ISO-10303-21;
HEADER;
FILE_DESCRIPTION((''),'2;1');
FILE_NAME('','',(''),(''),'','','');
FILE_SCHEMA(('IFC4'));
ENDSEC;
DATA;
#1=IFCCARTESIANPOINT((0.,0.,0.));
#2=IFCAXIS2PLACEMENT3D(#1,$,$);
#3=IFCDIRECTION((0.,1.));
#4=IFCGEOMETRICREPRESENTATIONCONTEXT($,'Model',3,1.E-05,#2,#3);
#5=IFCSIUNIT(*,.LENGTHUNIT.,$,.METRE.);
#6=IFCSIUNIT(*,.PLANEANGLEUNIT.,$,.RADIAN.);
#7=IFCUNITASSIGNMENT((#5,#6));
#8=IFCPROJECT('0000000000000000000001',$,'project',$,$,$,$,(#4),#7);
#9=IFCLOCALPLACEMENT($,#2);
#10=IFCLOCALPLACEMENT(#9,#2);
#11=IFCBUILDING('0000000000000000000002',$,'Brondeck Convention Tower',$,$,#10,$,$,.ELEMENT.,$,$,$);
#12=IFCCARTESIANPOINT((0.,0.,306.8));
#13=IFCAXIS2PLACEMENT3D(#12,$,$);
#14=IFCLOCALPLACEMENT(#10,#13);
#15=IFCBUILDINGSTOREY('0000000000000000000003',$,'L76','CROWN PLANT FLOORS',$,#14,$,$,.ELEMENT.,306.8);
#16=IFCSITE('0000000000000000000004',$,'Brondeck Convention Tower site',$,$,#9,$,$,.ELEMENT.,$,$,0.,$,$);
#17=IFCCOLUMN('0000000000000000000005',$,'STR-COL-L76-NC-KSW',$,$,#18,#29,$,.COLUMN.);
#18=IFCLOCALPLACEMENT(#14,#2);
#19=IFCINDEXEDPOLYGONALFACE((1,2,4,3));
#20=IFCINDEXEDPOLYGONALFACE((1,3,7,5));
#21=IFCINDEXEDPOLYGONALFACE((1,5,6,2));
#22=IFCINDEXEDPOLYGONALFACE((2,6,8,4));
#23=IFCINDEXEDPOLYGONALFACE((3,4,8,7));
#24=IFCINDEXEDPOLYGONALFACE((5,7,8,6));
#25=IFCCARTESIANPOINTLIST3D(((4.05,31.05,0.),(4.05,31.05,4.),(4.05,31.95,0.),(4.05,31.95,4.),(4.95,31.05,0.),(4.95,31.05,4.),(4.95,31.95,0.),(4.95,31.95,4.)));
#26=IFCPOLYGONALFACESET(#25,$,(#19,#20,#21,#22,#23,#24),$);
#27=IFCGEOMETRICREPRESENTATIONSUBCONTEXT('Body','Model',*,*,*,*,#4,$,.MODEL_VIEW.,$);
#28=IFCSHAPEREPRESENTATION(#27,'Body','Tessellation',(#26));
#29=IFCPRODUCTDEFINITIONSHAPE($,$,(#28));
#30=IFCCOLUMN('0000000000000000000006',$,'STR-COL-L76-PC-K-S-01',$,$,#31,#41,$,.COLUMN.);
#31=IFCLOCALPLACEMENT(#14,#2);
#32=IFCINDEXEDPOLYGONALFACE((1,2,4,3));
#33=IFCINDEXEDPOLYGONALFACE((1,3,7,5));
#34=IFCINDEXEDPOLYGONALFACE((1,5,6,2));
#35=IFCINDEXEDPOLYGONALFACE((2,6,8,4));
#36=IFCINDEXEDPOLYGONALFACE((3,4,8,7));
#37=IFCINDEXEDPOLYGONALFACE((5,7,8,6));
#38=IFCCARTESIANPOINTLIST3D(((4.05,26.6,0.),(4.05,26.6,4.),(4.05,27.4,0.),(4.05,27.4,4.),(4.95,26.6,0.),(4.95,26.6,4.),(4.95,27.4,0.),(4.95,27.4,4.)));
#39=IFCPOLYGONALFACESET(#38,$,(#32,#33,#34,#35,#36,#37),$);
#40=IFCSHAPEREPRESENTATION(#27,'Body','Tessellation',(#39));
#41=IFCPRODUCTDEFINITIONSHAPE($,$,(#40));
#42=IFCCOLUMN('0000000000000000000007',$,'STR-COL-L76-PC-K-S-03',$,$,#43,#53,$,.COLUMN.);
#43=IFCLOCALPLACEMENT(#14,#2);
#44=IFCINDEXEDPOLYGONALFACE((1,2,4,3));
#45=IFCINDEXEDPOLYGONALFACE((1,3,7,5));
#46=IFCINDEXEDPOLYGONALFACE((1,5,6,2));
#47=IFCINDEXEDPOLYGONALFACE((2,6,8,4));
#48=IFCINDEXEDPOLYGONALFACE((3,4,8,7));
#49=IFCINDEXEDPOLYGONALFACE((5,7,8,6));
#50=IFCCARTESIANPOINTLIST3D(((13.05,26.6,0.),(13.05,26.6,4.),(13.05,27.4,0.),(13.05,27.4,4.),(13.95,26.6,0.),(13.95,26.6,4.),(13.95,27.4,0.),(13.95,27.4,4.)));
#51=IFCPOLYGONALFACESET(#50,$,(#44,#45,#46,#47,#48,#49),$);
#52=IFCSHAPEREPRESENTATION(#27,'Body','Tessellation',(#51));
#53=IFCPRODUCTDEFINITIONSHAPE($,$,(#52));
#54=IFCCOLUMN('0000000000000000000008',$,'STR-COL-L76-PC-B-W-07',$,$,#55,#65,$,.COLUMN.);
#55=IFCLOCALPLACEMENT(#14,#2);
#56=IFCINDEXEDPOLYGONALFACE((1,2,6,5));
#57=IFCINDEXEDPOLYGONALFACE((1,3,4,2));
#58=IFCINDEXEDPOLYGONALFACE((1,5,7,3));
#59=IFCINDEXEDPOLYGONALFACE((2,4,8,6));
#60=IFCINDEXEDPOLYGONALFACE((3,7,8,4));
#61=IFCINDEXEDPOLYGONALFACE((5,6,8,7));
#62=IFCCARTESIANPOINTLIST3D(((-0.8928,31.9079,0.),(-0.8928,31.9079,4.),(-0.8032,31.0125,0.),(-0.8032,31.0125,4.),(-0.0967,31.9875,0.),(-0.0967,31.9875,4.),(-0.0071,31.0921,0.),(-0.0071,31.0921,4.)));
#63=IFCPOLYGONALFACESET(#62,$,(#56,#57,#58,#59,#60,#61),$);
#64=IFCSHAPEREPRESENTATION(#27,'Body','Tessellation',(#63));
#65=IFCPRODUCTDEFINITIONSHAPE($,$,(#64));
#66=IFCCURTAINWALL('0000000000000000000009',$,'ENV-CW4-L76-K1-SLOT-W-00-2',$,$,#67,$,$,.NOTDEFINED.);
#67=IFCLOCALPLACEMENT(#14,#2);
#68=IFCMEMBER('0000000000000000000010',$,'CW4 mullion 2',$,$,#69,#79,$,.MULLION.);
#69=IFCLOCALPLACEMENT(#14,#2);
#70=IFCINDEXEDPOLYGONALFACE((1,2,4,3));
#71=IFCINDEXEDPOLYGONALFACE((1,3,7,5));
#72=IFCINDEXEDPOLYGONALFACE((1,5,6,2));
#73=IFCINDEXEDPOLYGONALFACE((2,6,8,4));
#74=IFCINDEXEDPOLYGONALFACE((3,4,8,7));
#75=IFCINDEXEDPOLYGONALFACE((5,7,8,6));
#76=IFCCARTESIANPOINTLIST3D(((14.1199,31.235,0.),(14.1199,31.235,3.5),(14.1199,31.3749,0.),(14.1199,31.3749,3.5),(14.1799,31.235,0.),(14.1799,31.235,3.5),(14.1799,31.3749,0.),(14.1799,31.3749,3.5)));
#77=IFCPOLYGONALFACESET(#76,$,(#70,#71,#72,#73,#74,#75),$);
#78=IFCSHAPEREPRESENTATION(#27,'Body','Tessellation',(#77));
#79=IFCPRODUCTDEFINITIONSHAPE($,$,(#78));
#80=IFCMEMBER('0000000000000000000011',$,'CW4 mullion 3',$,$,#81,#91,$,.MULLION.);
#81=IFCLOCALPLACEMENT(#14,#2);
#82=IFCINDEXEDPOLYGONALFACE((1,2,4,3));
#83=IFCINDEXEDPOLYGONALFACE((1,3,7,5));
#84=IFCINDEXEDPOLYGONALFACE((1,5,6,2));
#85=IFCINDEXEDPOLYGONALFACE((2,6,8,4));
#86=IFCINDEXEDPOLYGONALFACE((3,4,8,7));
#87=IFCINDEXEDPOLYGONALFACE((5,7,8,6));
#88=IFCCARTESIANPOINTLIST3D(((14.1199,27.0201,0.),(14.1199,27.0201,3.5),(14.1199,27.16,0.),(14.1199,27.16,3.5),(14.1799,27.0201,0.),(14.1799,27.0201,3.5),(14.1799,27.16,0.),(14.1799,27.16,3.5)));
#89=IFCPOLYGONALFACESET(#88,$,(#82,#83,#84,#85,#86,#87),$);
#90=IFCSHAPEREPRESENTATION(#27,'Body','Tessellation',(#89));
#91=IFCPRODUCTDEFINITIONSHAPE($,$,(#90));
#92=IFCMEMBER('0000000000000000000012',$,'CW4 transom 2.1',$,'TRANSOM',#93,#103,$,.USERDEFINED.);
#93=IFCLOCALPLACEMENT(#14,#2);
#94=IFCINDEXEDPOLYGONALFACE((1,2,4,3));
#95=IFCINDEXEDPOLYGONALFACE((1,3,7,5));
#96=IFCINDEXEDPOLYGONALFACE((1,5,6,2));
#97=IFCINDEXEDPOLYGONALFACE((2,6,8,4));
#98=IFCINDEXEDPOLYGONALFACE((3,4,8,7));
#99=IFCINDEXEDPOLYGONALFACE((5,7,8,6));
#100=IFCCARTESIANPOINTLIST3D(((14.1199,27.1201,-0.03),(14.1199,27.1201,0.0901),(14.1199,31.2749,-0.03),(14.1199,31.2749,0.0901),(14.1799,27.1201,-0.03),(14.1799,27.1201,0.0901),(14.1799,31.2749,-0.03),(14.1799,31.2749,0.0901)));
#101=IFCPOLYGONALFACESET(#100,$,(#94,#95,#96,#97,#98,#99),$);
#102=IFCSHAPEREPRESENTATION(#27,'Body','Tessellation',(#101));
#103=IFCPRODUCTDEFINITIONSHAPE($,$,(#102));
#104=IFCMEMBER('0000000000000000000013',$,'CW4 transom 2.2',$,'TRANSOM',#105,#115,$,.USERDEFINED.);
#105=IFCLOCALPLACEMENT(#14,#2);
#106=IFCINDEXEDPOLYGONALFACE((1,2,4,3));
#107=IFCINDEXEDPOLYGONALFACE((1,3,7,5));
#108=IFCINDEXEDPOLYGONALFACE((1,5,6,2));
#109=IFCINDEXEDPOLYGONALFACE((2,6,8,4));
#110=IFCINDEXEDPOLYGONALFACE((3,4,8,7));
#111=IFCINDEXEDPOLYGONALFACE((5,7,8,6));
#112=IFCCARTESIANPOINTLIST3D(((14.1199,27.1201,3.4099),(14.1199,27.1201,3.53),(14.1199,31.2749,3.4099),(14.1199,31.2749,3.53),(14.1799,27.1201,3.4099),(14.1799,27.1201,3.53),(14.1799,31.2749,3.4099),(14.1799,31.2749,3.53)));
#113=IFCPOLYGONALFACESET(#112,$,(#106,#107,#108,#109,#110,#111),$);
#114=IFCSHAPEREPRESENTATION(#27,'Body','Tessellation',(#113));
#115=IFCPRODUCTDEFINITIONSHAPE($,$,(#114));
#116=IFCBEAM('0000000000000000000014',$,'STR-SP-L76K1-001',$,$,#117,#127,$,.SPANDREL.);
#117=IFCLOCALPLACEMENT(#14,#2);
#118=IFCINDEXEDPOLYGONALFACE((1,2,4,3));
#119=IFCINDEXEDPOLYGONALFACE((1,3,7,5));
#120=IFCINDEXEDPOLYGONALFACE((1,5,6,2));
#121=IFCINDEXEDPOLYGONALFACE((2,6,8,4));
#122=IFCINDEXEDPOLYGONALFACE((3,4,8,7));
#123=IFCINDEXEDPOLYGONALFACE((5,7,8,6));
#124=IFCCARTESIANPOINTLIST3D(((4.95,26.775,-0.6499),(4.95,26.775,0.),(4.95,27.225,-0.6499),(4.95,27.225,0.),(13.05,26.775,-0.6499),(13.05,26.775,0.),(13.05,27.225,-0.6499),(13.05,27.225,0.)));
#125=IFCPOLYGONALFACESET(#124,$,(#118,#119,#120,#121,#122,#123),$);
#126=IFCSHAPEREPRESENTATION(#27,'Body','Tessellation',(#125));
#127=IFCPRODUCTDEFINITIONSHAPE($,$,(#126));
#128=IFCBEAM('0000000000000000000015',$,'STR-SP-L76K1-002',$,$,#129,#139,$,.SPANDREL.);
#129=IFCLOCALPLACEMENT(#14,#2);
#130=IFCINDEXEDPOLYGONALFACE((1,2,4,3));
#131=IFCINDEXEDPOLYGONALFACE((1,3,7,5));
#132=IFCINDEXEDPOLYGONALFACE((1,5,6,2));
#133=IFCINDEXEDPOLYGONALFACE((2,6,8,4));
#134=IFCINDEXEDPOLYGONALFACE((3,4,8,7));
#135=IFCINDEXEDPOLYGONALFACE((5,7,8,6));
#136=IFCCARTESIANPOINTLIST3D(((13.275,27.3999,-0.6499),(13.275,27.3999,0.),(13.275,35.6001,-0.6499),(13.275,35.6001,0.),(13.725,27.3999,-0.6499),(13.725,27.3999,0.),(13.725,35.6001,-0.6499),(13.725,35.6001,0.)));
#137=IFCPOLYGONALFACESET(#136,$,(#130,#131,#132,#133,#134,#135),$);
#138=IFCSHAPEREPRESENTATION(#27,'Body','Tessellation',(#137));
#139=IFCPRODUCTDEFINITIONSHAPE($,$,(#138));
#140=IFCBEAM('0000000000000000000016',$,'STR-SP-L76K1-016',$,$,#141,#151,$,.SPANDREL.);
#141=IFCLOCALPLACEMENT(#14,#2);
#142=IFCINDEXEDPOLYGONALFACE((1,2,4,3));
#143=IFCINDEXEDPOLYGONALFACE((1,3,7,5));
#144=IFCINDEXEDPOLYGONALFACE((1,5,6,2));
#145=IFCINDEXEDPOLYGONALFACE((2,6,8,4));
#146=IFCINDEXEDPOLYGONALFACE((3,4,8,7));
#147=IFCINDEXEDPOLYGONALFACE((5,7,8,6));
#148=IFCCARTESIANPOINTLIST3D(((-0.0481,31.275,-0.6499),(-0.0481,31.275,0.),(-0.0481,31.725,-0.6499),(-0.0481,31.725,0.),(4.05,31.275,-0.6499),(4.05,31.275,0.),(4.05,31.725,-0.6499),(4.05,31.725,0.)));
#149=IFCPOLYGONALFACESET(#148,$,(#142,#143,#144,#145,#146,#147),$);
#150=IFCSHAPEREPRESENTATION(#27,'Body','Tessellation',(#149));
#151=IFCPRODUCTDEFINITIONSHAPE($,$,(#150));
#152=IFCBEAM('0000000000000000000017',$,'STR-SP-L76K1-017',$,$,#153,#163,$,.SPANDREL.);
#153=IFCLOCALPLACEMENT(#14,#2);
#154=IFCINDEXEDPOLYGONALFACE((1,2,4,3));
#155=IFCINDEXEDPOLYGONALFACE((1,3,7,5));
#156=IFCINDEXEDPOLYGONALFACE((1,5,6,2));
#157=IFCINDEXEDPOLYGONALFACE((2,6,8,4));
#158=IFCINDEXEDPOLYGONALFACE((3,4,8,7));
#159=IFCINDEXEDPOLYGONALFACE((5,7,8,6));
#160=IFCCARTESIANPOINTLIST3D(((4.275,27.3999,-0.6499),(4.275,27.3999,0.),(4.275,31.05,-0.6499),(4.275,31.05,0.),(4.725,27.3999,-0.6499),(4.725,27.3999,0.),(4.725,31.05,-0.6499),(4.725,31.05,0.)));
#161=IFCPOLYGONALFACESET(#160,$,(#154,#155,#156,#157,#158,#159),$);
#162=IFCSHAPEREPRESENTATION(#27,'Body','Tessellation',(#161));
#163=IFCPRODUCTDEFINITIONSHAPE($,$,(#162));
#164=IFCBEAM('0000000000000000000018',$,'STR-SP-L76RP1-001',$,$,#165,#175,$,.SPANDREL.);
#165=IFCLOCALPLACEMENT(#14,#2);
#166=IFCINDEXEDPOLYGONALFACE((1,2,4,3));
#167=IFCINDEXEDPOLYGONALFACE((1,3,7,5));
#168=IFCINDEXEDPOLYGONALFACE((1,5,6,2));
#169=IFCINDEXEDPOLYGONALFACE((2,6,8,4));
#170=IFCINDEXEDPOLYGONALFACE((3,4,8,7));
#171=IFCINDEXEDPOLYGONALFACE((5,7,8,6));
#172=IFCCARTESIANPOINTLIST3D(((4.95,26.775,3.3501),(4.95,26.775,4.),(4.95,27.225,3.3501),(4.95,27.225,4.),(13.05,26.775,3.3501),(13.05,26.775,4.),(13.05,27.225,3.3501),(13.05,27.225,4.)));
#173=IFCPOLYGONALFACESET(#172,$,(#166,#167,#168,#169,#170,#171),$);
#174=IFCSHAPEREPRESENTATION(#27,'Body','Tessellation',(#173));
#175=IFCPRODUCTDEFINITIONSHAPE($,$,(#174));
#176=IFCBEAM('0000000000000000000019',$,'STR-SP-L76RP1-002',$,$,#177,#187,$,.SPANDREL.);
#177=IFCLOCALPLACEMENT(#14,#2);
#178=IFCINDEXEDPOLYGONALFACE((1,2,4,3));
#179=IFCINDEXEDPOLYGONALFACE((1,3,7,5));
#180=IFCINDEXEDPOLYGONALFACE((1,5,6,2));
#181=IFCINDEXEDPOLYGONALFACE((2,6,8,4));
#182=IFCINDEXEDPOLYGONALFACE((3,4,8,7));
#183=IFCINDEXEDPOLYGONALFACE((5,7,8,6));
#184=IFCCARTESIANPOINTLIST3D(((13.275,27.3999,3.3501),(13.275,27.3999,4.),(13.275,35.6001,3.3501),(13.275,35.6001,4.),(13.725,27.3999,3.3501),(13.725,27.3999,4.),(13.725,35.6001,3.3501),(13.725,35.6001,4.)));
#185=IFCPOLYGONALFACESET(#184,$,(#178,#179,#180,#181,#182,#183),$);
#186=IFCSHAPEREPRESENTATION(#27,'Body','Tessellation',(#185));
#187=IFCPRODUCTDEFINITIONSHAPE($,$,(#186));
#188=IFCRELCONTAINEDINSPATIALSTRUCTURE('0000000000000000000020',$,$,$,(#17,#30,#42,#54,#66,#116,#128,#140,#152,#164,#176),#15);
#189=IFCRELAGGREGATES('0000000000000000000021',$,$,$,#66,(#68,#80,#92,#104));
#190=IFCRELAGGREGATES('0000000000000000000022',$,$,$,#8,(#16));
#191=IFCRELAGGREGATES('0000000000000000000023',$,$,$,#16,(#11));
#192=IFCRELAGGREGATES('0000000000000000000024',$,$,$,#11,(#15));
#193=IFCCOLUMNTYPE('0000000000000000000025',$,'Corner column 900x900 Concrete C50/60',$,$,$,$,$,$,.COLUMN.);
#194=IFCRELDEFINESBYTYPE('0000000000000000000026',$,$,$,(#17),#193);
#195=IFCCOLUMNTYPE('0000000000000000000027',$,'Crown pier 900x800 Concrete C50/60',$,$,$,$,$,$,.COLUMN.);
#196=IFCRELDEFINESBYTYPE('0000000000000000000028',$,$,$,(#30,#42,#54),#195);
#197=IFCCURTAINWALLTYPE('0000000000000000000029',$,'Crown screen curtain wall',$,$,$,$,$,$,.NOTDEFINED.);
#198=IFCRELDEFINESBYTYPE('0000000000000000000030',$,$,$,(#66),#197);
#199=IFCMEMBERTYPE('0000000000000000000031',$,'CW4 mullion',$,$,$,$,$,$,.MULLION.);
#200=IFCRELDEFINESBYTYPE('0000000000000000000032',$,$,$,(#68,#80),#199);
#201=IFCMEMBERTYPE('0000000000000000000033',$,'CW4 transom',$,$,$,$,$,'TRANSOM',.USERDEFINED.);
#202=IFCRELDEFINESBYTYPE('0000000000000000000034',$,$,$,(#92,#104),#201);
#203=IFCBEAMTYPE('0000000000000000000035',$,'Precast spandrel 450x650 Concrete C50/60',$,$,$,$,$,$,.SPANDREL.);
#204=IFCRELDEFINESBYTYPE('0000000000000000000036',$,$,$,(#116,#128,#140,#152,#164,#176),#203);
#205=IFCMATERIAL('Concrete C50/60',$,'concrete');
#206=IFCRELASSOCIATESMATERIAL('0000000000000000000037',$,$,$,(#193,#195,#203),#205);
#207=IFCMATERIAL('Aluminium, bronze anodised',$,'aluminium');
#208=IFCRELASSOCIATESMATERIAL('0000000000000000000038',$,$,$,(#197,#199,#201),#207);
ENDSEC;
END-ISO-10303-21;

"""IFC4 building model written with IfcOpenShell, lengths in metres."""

from ifc_helpers import new_model, si_unit, direction, frame, origin, origin_2d, place, context, subcontext, project, spatial, rectangle, extrude, material, material_profile, profile_set, type_object, element, aggregate, save


model = new_model("IFC4")

# Units and contexts
model_context = context("Model", 3, precision=1e-05, world=origin(), true_north=direction((0.0, 1.0)))
body_context = subcontext(model_context, "Body", "Model", "MODEL_VIEW")
ifc_project = project(units=[si_unit("LENGTHUNIT", "METRE"), si_unit("PLANEANGLEUNIT", "RADIAN")], contexts=[model_context])

# Site, building, storey
site_placement = place(None, origin())
site = spatial("IfcSite", under=ifc_project, at=site_placement, Name="Brondeck Convention Tower site", CompositionType="ELEMENT", RefElevation=0.0)
building_placement = place(site_placement, origin())
building = spatial("IfcBuilding", under=site, at=building_placement, Name="Brondeck Convention Tower", CompositionType="ELEMENT")
storey_placement = place(building_placement, frame((0.0, 0.0, 306.8)))
storey = spatial("IfcBuildingStorey", under=building, at=storey_placement, Name="L76", Description="CROWN PLANT FLOORS", CompositionType="ELEMENT", Elevation=306.8)

# Columns
ifc_material_1 = material(Name="Concrete C50/60", Category="concrete")
ifc_material_profile_1 = material_profile(ifc_material_1, rectangle(XDim=0.8999, YDim=0.8999, at=origin_2d()), Name="Corner column 900x900 Concrete C50/60")
ifc_profile_set_1 = profile_set([ifc_material_profile_1], Name="Concrete C50/60")
column_type_1 = type_object("IfcColumnType", Name="Corner column 900x900 Concrete C50/60", PredefinedType="COLUMN", material=ifc_profile_set_1)
column_placement = place(storey_placement, frame((4.5, 31.5, 0.0), z_axis=(0.0, 0.0, 1.0), x_axis=(1.0, 0.0, 0.0)))
element("IfcColumn", 1, at=column_placement, inside=storey, type_object=column_type_1, Name="STR-COL-L76-NC-KSW", PredefinedType="COLUMN", context=body_context, shape_type="SweptSolid", body=[
    extrude(rectangle(XDim=0.8999, YDim=0.8999, at=origin_2d()), origin(), (0.0, 0.0, 1.0), 4.0),
])
ifc_material_profile_2 = material_profile(ifc_material_1, rectangle(XDim=0.8999, YDim=0.8, at=origin_2d()), Name="Crown pier 900x800 Concrete C50/60")
ifc_profile_set_2 = profile_set([ifc_material_profile_2], Name="Concrete C50/60")
column_type_2 = type_object("IfcColumnType", Name="Crown pier 900x800 Concrete C50/60", PredefinedType="COLUMN", material=ifc_profile_set_2)
for number, where, z_axis, x_axis, name in (
    (2, (4.5, 27.0, 0.0), (0.0, 0.0, 1.0), (1.0, 0.0, 0.0), "STR-COL-L76-PC-K-S-01"),
    (3, (13.5, 27.0, 0.0), (0.0, 0.0, 1.0), (1.0, 0.0, 0.0), "STR-COL-L76-PC-K-S-03"),
    (4, (-0.45, 31.5, 0.0), (0.0, 0.0, 1.0), (0.099504, -0.995037, 0.0), "STR-COL-L76-PC-B-W-07"),
):
    element("IfcColumn", number, at=place(storey_placement, frame(where, z_axis=z_axis, x_axis=x_axis)), inside=storey, type_object=column_type_2, Name=name, PredefinedType="COLUMN", context=body_context, shape_type="SweptSolid", body=[
        extrude(rectangle(XDim=0.8999, YDim=0.8, at=origin_2d()), origin(), (0.0, 0.0, 1.0), 4.0),
    ])

# Curtain wall, members
ifc_material_2 = material(Name="Aluminium, bronze anodised", Category="aluminium")
curtain_wall_type = type_object("IfcCurtainWallType", Name="Crown screen curtain wall", PredefinedType="NOTDEFINED", material=ifc_material_2)
curtain_wall_placement = place(storey_placement, origin())
curtain_wall = element("IfcCurtainWall", 5, at=curtain_wall_placement, inside=storey, type_object=curtain_wall_type, Name="ENV-CW4-L76-K1-SLOT-W-00-2", PredefinedType="NOTDEFINED")
ifc_material_profile_3 = material_profile(ifc_material_2, rectangle(XDim=0.0601, YDim=0.1399, at=origin_2d()), Name="CW4 mullion")
ifc_profile_set_3 = profile_set([ifc_material_profile_3], Name="Aluminium, bronze anodised")
member_type_1 = type_object("IfcMemberType", Name="CW4 mullion", PredefinedType="MULLION", material=ifc_profile_set_3)
member_1_placement = place(storey_placement, frame((14.1499, 31.3049, 0.0), z_axis=(0.0, 0.0, 1.0), x_axis=(1.0, 0.0, 0.0)))
member_1 = element("IfcMember", 6, at=member_1_placement, type_object=member_type_1, Name="CW4 mullion 2", PredefinedType="MULLION", context=body_context, shape_type="SweptSolid", body=[
    extrude(rectangle(XDim=0.0601, YDim=0.1399, at=origin_2d()), origin(), (0.0, 0.0, 1.0), 3.5),
])
member_2_placement = place(storey_placement, frame((14.1499, 27.0901, 0.0), z_axis=(0.0, 0.0, 1.0), x_axis=(1.0, 0.0, 0.0)))
member_2 = element("IfcMember", 7, at=member_2_placement, type_object=member_type_1, Name="CW4 mullion 3", PredefinedType="MULLION", context=body_context, shape_type="SweptSolid", body=[
    extrude(rectangle(XDim=0.0601, YDim=0.1399, at=origin_2d()), origin(), (0.0, 0.0, 1.0), 3.5),
])
ifc_material_profile_4 = material_profile(ifc_material_2, rectangle(XDim=0.0601, YDim=0.1201, at=origin_2d()), Name="CW4 transom")
ifc_profile_set_4 = profile_set([ifc_material_profile_4], Name="Aluminium, bronze anodised")
member_type_2 = type_object("IfcMemberType", Name="CW4 transom", ElementType="TRANSOM", PredefinedType="USERDEFINED", material=ifc_profile_set_4)
member_3_placement = place(storey_placement, frame((14.1499, 31.2749, 0.03), z_axis=(0.0, -1.0, 0.0), x_axis=(1.0, 0.0, 0.0)))
member_3 = element("IfcMember", 8, at=member_3_placement, type_object=member_type_2, Name="CW4 transom 2.1", ObjectType="TRANSOM", PredefinedType="USERDEFINED", context=body_context, shape_type="SweptSolid", body=[
    extrude(rectangle(XDim=0.0601, YDim=0.1201, at=origin_2d()), origin(), (0.0, 0.0, 1.0), 4.1548),
])
member_4_placement = place(storey_placement, frame((14.1499, 31.2749, 3.47), z_axis=(0.0, -1.0, 0.0), x_axis=(1.0, 0.0, 0.0)))
member_4 = element("IfcMember", 9, at=member_4_placement, type_object=member_type_2, Name="CW4 transom 2.2", ObjectType="TRANSOM", PredefinedType="USERDEFINED", context=body_context, shape_type="SweptSolid", body=[
    extrude(rectangle(XDim=0.0601, YDim=0.1201, at=origin_2d()), origin(), (0.0, 0.0, 1.0), 4.1548),
])

# Beams
ifc_material_profile_5 = material_profile(ifc_material_1, rectangle(XDim=0.45, YDim=0.6499, at=origin_2d()), Name="Precast spandrel 450x650 Concrete C50/60")
ifc_profile_set_5 = profile_set([ifc_material_profile_5], Name="Concrete C50/60")
beam_type = type_object("IfcBeamType", Name="Precast spandrel 450x650 Concrete C50/60", PredefinedType="SPANDREL", material=ifc_profile_set_5)
beam_1_placement = place(storey_placement, frame((4.95, 27.0, -0.325), z_axis=(1.0, 0.0, 0.0), x_axis=(0.0, 1.0, 0.0)))
element("IfcBeam", 10, at=beam_1_placement, inside=storey, type_object=beam_type, Name="STR-SP-L76K1-001", PredefinedType="SPANDREL", context=body_context, shape_type="SweptSolid", body=[
    extrude(rectangle(XDim=0.45, YDim=0.6499, at=origin_2d()), origin(), (0.0, 0.0, 1.0), 8.1001),
])
beam_2_placement = place(storey_placement, frame((13.5, 27.3999, -0.325), z_axis=(0.0, 1.0, 0.0), x_axis=(-1.0, 0.0, 0.0)))
element("IfcBeam", 11, at=beam_2_placement, inside=storey, type_object=beam_type, Name="STR-SP-L76K1-002", PredefinedType="SPANDREL", context=body_context, shape_type="SweptSolid", body=[
    extrude(rectangle(XDim=0.45, YDim=0.6499, at=origin_2d()), origin(), (0.0, 0.0, 1.0), 8.2002),
])
beam_3_placement = place(storey_placement, frame((-0.0481, 31.5, -0.325), z_axis=(1.0, 0.0, 0.0), x_axis=(0.0, 1.0, 0.0)))
element("IfcBeam", 12, at=beam_3_placement, inside=storey, type_object=beam_type, Name="STR-SP-L76K1-016", PredefinedType="SPANDREL", context=body_context, shape_type="SweptSolid", body=[
    extrude(rectangle(XDim=0.45, YDim=0.6499, at=origin_2d()), origin(), (0.0, 0.0, 1.0), 4.0981),
])
beam_4_placement = place(storey_placement, frame((4.5, 31.05, -0.325), z_axis=(0.0, -1.0, 0.0), x_axis=(1.0, 0.0, 0.0)))
element("IfcBeam", 13, at=beam_4_placement, inside=storey, type_object=beam_type, Name="STR-SP-L76K1-017", PredefinedType="SPANDREL", context=body_context, shape_type="SweptSolid", body=[
    extrude(rectangle(XDim=0.45, YDim=0.6499, at=origin_2d()), origin(), (0.0, 0.0, 1.0), 3.6501),
])
beam_5_placement = place(storey_placement, frame((4.95, 27.0, 3.675), z_axis=(1.0, 0.0, 0.0), x_axis=(0.0, 1.0, 0.0)))
element("IfcBeam", 14, at=beam_5_placement, inside=storey, type_object=beam_type, Name="STR-SP-L76RP1-001", PredefinedType="SPANDREL", context=body_context, shape_type="SweptSolid", body=[
    extrude(rectangle(XDim=0.45, YDim=0.6499, at=origin_2d()), origin(), (0.0, 0.0, 1.0), 8.1001),
])
beam_6_placement = place(storey_placement, frame((13.5, 27.3999, 3.675), z_axis=(0.0, 1.0, 0.0), x_axis=(-1.0, 0.0, 0.0)))
element("IfcBeam", 15, at=beam_6_placement, inside=storey, type_object=beam_type, Name="STR-SP-L76RP1-002", PredefinedType="SPANDREL", context=body_context, shape_type="SweptSolid", body=[
    extrude(rectangle(XDim=0.45, YDim=0.6499, at=origin_2d()), origin(), (0.0, 0.0, 1.0), 8.2002),
])

aggregate(curtain_wall, [member_1, member_2, member_3, member_4])

save(model, "model.ifc")
